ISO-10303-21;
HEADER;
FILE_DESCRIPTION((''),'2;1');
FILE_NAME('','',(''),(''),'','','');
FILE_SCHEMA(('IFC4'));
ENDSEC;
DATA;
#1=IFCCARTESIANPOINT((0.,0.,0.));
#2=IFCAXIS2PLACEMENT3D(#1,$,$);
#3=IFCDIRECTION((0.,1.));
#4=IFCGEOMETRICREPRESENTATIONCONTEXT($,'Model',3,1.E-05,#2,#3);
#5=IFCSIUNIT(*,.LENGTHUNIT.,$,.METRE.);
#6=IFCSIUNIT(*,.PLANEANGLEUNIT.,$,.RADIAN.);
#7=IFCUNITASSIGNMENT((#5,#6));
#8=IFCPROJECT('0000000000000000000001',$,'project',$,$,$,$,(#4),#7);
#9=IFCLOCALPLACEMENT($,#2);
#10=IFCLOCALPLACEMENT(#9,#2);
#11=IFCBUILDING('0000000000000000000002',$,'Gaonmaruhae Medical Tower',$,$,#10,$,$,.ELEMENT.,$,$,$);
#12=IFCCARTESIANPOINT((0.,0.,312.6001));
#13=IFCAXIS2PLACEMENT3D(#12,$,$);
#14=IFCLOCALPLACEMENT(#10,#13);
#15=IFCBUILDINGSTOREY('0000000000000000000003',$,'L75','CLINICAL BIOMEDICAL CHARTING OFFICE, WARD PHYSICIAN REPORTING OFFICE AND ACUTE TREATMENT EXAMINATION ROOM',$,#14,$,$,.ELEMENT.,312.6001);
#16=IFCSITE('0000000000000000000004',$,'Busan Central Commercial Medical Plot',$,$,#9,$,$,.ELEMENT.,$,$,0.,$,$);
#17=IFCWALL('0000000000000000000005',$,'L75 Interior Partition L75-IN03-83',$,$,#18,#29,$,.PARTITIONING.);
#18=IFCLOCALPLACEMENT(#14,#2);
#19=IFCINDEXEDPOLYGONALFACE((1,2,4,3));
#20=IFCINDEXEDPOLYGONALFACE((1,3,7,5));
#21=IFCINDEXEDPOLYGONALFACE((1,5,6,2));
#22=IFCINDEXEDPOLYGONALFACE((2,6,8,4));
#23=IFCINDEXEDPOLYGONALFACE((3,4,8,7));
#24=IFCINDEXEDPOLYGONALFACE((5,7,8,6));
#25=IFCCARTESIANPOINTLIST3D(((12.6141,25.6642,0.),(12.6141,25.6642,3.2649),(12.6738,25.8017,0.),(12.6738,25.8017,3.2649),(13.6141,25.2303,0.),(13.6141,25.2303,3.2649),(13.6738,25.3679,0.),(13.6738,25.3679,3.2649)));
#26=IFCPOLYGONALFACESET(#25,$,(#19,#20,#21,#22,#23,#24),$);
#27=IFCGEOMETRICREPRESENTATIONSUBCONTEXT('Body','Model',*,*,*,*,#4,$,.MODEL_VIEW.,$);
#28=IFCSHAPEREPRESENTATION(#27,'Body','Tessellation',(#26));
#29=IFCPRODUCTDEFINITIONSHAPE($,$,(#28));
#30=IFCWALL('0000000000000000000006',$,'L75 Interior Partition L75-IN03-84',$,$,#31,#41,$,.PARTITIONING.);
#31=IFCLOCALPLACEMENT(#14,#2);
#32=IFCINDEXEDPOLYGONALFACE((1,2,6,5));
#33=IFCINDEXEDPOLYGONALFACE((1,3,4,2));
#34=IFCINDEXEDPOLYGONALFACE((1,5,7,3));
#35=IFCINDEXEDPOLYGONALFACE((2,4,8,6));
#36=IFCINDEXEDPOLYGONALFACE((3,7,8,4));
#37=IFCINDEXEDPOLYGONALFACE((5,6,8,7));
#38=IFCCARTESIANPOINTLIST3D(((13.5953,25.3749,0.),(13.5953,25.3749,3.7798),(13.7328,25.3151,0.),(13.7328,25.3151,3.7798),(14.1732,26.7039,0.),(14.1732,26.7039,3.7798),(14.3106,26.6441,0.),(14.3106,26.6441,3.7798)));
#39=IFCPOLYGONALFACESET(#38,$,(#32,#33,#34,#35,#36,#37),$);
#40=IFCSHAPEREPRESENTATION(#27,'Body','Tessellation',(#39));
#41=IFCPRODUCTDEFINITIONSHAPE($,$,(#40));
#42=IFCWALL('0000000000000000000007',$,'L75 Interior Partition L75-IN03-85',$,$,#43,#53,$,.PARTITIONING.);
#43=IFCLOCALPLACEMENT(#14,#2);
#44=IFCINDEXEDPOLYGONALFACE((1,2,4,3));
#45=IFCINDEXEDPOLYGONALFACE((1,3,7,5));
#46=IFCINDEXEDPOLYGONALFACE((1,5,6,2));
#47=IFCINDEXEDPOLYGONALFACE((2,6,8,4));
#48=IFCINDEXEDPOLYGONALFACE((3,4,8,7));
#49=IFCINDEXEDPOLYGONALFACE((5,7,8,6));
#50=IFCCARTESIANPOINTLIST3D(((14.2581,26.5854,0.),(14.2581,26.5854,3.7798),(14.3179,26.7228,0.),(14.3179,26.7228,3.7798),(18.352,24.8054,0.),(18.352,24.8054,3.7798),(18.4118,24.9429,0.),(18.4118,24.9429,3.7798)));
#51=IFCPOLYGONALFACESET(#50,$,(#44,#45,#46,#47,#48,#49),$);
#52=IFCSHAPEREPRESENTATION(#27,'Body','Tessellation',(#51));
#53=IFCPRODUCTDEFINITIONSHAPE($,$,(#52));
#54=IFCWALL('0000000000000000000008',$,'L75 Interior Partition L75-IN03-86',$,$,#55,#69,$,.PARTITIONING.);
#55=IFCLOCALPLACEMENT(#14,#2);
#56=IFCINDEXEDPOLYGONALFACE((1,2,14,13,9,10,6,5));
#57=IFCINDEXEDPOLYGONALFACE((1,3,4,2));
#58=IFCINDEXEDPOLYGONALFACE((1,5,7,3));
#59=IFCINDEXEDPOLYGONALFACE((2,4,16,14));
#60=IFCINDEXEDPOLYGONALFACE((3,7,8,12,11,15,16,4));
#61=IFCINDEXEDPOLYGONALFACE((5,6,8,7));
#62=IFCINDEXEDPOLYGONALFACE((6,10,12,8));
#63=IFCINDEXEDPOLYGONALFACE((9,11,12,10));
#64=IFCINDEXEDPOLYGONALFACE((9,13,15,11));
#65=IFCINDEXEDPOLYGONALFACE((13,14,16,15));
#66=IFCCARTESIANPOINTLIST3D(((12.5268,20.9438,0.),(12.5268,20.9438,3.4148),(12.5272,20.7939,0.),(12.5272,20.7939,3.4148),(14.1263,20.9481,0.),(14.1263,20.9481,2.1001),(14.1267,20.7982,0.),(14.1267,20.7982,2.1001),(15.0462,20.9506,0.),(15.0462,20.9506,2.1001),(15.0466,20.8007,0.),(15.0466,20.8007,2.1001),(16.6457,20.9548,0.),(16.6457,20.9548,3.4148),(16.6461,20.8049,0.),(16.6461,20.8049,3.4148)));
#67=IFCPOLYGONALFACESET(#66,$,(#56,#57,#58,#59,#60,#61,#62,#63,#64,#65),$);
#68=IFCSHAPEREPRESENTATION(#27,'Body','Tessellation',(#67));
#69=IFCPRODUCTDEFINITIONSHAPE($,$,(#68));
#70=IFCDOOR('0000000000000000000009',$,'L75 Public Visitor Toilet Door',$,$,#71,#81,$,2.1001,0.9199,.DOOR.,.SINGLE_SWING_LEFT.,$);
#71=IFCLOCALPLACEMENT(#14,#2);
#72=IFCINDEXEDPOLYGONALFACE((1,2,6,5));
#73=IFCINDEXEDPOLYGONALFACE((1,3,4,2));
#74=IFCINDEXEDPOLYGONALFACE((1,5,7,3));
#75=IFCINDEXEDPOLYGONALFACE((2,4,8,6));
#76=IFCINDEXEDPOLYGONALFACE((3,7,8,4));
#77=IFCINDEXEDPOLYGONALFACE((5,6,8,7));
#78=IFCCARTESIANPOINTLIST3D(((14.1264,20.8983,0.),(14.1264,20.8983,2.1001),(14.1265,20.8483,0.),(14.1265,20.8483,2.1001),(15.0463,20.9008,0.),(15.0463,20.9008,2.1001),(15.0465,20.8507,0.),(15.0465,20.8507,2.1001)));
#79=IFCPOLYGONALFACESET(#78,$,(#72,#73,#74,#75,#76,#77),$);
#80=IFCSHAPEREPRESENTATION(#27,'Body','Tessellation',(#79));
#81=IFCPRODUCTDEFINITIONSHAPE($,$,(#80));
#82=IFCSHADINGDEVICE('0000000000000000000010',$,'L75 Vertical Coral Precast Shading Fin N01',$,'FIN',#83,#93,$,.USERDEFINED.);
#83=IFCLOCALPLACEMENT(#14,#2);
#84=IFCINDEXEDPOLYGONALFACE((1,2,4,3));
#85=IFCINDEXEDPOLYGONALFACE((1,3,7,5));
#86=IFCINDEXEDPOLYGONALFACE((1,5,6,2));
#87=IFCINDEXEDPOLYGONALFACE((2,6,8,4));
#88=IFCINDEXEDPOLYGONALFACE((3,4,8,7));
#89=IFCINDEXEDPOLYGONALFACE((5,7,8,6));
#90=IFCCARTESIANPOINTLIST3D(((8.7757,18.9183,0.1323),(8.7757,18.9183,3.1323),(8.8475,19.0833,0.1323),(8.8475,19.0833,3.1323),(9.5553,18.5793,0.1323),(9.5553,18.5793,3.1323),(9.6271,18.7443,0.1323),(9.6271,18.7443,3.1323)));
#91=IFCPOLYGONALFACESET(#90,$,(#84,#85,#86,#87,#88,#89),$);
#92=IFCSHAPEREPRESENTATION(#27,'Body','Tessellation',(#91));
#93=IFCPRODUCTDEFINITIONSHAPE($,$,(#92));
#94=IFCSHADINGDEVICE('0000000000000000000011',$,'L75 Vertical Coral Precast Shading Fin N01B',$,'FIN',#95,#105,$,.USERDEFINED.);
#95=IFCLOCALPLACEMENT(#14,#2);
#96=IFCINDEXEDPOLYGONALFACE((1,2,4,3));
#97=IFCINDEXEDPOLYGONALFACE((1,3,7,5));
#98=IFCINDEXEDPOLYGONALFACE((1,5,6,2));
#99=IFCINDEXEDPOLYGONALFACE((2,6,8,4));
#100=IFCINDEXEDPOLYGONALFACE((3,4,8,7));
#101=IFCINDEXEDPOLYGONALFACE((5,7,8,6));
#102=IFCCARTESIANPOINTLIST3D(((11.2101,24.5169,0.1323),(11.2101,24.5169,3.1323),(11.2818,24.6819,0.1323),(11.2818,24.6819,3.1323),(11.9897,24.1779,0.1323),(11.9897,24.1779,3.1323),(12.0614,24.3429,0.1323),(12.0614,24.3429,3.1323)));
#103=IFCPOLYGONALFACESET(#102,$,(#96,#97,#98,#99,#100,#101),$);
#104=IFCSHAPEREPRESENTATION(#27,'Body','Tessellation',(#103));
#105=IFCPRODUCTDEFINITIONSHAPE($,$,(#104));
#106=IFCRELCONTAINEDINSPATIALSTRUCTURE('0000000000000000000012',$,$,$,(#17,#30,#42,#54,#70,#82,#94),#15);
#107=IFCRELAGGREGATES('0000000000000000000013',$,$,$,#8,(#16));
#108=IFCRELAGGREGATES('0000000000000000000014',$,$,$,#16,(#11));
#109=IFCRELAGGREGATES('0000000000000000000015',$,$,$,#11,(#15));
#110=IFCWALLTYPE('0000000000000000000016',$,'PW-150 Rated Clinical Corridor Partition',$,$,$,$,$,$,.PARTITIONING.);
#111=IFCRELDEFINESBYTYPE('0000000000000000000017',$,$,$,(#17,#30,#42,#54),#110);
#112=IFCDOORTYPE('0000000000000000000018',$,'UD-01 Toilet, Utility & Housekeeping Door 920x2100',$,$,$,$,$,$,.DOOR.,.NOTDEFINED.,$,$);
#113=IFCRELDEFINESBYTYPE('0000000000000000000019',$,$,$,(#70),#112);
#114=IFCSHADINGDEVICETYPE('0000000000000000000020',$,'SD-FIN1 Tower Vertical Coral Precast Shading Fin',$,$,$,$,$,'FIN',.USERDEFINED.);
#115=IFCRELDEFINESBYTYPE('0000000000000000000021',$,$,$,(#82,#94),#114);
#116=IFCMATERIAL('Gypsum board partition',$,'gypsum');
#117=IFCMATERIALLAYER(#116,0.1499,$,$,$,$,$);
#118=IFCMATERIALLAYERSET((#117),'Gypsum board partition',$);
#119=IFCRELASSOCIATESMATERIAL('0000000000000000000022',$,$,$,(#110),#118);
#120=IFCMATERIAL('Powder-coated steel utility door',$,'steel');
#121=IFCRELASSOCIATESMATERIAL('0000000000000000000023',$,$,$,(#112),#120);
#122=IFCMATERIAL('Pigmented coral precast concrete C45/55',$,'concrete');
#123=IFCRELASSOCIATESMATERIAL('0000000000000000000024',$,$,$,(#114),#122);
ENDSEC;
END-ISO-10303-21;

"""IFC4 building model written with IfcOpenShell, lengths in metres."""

from ifc_helpers import new_model, si_unit, direction, frame, frame_2d, origin, origin_2d, place, context, subcontext, project, spatial, rectangle, extrude, material, layer, layer_set, type_object, element, fill, save


model = new_model("IFC4")

# Units and contexts
model_context = context("Model", 3, precision=1e-05, world=origin(), true_north=direction((0.0, 1.0)))
body_context = subcontext(model_context, "Body", "Model", "MODEL_VIEW")
ifc_project = project(units=[si_unit("LENGTHUNIT", "METRE"), si_unit("PLANEANGLEUNIT", "RADIAN")], contexts=[model_context])

# Site, building, storey
site_placement = place(None, origin())
site = spatial("IfcSite", under=ifc_project, at=site_placement, Name="Busan Central Commercial Medical Plot", CompositionType="ELEMENT", RefElevation=0.0)
building_placement = place(site_placement, origin())
building = spatial("IfcBuilding", under=site, at=building_placement, Name="Gaonmaruhae Medical Tower", CompositionType="ELEMENT")
storey_placement = place(building_placement, frame((0.0, 0.0, 312.6001)))
storey = spatial("IfcBuildingStorey", under=building, at=storey_placement, Name="L75", Description="CLINICAL BIOMEDICAL CHARTING OFFICE, WARD PHYSICIAN REPORTING OFFICE AND ACUTE TREATMENT EXAMINATION ROOM", CompositionType="ELEMENT", Elevation=312.6001)

# Walls
ifc_material_1 = material(Name="Gypsum board partition", Category="gypsum")
ifc_layer_1 = layer(ifc_material_1, 0.1499)
ifc_layer_set_1 = layer_set([ifc_layer_1], Name="Gypsum board partition")
wall_type_1 = type_object("IfcWallType", Name="PW-150 Rated Clinical Corridor Partition", PredefinedType="PARTITIONING", material=ifc_layer_set_1)
wall_1_placement = place(storey_placement, frame((12.644, 25.7329, 0.0), z_axis=(0.0, 0.0, 1.0), x_axis=(0.917387, -0.397997, 0.0)))
element("IfcWall", 1, at=wall_1_placement, inside=storey, type_object=wall_type_1, Name="L75 Interior Partition L75-IN03-83", PredefinedType="PARTITIONING", context=body_context, shape_type="SweptSolid", body=[
    extrude(rectangle(XDim=1.0901, YDim=0.1499, at=frame_2d((0.5449, 0.0))), origin(), (0.0, 0.0, 1.0), 3.2649),
])
wall_2_placement = place(storey_placement, frame((13.6641, 25.345, 0.0), z_axis=(0.0, 0.0, 1.0), x_axis=(0.398732, 0.917067, 0.0)))
element("IfcWall", 2, at=wall_2_placement, inside=storey, type_object=wall_type_1, Name="L75 Interior Partition L75-IN03-84", PredefinedType="PARTITIONING", context=body_context, shape_type="SweptSolid", body=[
    extrude(rectangle(XDim=1.4492, YDim=0.1499, at=frame_2d((0.7246, 0.0))), origin(), (0.0, 0.0, 1.0), 3.7798),
])
wall_3_placement = place(storey_placement, frame((14.2881, 26.6541, 0.0), z_axis=(0.0, 0.0, 1.0), x_axis=(0.917067, -0.398732, 0.0)))
element("IfcWall", 3, at=wall_3_placement, inside=storey, type_object=wall_type_1, Name="L75 Interior Partition L75-IN03-85", PredefinedType="PARTITIONING", context=body_context, shape_type="SweptSolid", body=[
    extrude(rectangle(XDim=4.4641, YDim=0.1499, at=frame_2d((2.2319, 0.0))), origin(), (0.0, 0.0, 1.0), 3.7798),
])

# Wall, opening, door
wall_4_placement = place(storey_placement, frame((16.646, 20.8799, 0.0), z_axis=(0.0, 0.0, 1.0), x_axis=(-0.999996, -0.002667, 0.0)))
wall_4 = element("IfcWall", 4, at=wall_4_placement, inside=storey, type_object=wall_type_1, Name="L75 Interior Partition L75-IN03-86", PredefinedType="PARTITIONING", context=body_context, shape_type="SweptSolid", body=[
    extrude(rectangle(XDim=4.1189, YDim=0.1499, at=frame_2d((2.0596, 0.0))), origin(), (0.0, 0.0, 1.0), 3.4148),
])
opening_1_placement = place(wall_4_placement, frame((1.5996, 0.0, 0.0)))
opening_1 = element("IfcOpeningElement", 5, at=opening_1_placement, cuts=wall_4, PredefinedType="OPENING", context=body_context, shape_type="SweptSolid", body=[
    extrude(rectangle(XDim=0.9199, YDim=2.1001, at=frame_2d((0.46, 1.05))), frame((0.0, 0.085, 0.0), z_axis=(0.0, -1.0, 0.0), x_axis=(1.0, 0.0, 0.0)), (0.0, 0.0, 1.0), 0.1699),
])
ifc_material_2 = material(Name="Powder-coated steel utility door", Category="steel")
door_type = type_object("IfcDoorType", Name="UD-01 Toilet, Utility & Housekeeping Door 920x2100", OperationType="NOTDEFINED", PredefinedType="DOOR", material=ifc_material_2)
door_placement = place(opening_1_placement, origin())
door = element("IfcDoor", 6, at=door_placement, inside=storey, type_object=door_type, Name="L75 Public Visitor Toilet Door", OperationType="SINGLE_SWING_LEFT", OverallHeight=2.1001, OverallWidth=0.9199, PredefinedType="DOOR", context=body_context, shape_type="SweptSolid", body=[
    extrude(rectangle(XDim=0.9199, YDim=2.1001, at=frame_2d((0.46, 1.05))), frame((0.0, 0.0249, 0.0), z_axis=(0.0, -1.0, 0.0), x_axis=(1.0, 0.0, 0.0)), (0.0, 0.0, 1.0), 0.05),
])
fill(opening_1, door)

# Shading devices
ifc_material_3 = material(Name="Pigmented coral precast concrete C45/55", Category="concrete")
shading_device_type = type_object("IfcShadingDeviceType", Name="SD-FIN1 Tower Vertical Coral Precast Shading Fin", ElementType="FIN", PredefinedType="USERDEFINED", material=ifc_material_3)
for number, where, z_axis, x_axis, name in (
    (7, (9.2014, 18.8313, 0.1323), (0.0, 0.0, 1.0), (0.398749, 0.91706, 0.0), "L75 Vertical Coral Precast Shading Fin N01"),
    (8, (11.6357, 24.4299, 0.1323), (0.0, 0.0, 1.0), (0.398749, 0.91706, 0.0), "L75 Vertical Coral Precast Shading Fin N01B"),
):
    element("IfcShadingDevice", number, at=place(storey_placement, frame(where, z_axis=z_axis, x_axis=x_axis)), inside=storey, type_object=shading_device_type, Name=name, ObjectType="FIN", PredefinedType="USERDEFINED", context=body_context, shape_type="SweptSolid", body=[
        extrude(rectangle(XDim=0.1799, YDim=0.8501, at=origin_2d()), origin(), (0.0, 0.0, 1.0), 3.0),
    ])

save(model, "model.ifc")
